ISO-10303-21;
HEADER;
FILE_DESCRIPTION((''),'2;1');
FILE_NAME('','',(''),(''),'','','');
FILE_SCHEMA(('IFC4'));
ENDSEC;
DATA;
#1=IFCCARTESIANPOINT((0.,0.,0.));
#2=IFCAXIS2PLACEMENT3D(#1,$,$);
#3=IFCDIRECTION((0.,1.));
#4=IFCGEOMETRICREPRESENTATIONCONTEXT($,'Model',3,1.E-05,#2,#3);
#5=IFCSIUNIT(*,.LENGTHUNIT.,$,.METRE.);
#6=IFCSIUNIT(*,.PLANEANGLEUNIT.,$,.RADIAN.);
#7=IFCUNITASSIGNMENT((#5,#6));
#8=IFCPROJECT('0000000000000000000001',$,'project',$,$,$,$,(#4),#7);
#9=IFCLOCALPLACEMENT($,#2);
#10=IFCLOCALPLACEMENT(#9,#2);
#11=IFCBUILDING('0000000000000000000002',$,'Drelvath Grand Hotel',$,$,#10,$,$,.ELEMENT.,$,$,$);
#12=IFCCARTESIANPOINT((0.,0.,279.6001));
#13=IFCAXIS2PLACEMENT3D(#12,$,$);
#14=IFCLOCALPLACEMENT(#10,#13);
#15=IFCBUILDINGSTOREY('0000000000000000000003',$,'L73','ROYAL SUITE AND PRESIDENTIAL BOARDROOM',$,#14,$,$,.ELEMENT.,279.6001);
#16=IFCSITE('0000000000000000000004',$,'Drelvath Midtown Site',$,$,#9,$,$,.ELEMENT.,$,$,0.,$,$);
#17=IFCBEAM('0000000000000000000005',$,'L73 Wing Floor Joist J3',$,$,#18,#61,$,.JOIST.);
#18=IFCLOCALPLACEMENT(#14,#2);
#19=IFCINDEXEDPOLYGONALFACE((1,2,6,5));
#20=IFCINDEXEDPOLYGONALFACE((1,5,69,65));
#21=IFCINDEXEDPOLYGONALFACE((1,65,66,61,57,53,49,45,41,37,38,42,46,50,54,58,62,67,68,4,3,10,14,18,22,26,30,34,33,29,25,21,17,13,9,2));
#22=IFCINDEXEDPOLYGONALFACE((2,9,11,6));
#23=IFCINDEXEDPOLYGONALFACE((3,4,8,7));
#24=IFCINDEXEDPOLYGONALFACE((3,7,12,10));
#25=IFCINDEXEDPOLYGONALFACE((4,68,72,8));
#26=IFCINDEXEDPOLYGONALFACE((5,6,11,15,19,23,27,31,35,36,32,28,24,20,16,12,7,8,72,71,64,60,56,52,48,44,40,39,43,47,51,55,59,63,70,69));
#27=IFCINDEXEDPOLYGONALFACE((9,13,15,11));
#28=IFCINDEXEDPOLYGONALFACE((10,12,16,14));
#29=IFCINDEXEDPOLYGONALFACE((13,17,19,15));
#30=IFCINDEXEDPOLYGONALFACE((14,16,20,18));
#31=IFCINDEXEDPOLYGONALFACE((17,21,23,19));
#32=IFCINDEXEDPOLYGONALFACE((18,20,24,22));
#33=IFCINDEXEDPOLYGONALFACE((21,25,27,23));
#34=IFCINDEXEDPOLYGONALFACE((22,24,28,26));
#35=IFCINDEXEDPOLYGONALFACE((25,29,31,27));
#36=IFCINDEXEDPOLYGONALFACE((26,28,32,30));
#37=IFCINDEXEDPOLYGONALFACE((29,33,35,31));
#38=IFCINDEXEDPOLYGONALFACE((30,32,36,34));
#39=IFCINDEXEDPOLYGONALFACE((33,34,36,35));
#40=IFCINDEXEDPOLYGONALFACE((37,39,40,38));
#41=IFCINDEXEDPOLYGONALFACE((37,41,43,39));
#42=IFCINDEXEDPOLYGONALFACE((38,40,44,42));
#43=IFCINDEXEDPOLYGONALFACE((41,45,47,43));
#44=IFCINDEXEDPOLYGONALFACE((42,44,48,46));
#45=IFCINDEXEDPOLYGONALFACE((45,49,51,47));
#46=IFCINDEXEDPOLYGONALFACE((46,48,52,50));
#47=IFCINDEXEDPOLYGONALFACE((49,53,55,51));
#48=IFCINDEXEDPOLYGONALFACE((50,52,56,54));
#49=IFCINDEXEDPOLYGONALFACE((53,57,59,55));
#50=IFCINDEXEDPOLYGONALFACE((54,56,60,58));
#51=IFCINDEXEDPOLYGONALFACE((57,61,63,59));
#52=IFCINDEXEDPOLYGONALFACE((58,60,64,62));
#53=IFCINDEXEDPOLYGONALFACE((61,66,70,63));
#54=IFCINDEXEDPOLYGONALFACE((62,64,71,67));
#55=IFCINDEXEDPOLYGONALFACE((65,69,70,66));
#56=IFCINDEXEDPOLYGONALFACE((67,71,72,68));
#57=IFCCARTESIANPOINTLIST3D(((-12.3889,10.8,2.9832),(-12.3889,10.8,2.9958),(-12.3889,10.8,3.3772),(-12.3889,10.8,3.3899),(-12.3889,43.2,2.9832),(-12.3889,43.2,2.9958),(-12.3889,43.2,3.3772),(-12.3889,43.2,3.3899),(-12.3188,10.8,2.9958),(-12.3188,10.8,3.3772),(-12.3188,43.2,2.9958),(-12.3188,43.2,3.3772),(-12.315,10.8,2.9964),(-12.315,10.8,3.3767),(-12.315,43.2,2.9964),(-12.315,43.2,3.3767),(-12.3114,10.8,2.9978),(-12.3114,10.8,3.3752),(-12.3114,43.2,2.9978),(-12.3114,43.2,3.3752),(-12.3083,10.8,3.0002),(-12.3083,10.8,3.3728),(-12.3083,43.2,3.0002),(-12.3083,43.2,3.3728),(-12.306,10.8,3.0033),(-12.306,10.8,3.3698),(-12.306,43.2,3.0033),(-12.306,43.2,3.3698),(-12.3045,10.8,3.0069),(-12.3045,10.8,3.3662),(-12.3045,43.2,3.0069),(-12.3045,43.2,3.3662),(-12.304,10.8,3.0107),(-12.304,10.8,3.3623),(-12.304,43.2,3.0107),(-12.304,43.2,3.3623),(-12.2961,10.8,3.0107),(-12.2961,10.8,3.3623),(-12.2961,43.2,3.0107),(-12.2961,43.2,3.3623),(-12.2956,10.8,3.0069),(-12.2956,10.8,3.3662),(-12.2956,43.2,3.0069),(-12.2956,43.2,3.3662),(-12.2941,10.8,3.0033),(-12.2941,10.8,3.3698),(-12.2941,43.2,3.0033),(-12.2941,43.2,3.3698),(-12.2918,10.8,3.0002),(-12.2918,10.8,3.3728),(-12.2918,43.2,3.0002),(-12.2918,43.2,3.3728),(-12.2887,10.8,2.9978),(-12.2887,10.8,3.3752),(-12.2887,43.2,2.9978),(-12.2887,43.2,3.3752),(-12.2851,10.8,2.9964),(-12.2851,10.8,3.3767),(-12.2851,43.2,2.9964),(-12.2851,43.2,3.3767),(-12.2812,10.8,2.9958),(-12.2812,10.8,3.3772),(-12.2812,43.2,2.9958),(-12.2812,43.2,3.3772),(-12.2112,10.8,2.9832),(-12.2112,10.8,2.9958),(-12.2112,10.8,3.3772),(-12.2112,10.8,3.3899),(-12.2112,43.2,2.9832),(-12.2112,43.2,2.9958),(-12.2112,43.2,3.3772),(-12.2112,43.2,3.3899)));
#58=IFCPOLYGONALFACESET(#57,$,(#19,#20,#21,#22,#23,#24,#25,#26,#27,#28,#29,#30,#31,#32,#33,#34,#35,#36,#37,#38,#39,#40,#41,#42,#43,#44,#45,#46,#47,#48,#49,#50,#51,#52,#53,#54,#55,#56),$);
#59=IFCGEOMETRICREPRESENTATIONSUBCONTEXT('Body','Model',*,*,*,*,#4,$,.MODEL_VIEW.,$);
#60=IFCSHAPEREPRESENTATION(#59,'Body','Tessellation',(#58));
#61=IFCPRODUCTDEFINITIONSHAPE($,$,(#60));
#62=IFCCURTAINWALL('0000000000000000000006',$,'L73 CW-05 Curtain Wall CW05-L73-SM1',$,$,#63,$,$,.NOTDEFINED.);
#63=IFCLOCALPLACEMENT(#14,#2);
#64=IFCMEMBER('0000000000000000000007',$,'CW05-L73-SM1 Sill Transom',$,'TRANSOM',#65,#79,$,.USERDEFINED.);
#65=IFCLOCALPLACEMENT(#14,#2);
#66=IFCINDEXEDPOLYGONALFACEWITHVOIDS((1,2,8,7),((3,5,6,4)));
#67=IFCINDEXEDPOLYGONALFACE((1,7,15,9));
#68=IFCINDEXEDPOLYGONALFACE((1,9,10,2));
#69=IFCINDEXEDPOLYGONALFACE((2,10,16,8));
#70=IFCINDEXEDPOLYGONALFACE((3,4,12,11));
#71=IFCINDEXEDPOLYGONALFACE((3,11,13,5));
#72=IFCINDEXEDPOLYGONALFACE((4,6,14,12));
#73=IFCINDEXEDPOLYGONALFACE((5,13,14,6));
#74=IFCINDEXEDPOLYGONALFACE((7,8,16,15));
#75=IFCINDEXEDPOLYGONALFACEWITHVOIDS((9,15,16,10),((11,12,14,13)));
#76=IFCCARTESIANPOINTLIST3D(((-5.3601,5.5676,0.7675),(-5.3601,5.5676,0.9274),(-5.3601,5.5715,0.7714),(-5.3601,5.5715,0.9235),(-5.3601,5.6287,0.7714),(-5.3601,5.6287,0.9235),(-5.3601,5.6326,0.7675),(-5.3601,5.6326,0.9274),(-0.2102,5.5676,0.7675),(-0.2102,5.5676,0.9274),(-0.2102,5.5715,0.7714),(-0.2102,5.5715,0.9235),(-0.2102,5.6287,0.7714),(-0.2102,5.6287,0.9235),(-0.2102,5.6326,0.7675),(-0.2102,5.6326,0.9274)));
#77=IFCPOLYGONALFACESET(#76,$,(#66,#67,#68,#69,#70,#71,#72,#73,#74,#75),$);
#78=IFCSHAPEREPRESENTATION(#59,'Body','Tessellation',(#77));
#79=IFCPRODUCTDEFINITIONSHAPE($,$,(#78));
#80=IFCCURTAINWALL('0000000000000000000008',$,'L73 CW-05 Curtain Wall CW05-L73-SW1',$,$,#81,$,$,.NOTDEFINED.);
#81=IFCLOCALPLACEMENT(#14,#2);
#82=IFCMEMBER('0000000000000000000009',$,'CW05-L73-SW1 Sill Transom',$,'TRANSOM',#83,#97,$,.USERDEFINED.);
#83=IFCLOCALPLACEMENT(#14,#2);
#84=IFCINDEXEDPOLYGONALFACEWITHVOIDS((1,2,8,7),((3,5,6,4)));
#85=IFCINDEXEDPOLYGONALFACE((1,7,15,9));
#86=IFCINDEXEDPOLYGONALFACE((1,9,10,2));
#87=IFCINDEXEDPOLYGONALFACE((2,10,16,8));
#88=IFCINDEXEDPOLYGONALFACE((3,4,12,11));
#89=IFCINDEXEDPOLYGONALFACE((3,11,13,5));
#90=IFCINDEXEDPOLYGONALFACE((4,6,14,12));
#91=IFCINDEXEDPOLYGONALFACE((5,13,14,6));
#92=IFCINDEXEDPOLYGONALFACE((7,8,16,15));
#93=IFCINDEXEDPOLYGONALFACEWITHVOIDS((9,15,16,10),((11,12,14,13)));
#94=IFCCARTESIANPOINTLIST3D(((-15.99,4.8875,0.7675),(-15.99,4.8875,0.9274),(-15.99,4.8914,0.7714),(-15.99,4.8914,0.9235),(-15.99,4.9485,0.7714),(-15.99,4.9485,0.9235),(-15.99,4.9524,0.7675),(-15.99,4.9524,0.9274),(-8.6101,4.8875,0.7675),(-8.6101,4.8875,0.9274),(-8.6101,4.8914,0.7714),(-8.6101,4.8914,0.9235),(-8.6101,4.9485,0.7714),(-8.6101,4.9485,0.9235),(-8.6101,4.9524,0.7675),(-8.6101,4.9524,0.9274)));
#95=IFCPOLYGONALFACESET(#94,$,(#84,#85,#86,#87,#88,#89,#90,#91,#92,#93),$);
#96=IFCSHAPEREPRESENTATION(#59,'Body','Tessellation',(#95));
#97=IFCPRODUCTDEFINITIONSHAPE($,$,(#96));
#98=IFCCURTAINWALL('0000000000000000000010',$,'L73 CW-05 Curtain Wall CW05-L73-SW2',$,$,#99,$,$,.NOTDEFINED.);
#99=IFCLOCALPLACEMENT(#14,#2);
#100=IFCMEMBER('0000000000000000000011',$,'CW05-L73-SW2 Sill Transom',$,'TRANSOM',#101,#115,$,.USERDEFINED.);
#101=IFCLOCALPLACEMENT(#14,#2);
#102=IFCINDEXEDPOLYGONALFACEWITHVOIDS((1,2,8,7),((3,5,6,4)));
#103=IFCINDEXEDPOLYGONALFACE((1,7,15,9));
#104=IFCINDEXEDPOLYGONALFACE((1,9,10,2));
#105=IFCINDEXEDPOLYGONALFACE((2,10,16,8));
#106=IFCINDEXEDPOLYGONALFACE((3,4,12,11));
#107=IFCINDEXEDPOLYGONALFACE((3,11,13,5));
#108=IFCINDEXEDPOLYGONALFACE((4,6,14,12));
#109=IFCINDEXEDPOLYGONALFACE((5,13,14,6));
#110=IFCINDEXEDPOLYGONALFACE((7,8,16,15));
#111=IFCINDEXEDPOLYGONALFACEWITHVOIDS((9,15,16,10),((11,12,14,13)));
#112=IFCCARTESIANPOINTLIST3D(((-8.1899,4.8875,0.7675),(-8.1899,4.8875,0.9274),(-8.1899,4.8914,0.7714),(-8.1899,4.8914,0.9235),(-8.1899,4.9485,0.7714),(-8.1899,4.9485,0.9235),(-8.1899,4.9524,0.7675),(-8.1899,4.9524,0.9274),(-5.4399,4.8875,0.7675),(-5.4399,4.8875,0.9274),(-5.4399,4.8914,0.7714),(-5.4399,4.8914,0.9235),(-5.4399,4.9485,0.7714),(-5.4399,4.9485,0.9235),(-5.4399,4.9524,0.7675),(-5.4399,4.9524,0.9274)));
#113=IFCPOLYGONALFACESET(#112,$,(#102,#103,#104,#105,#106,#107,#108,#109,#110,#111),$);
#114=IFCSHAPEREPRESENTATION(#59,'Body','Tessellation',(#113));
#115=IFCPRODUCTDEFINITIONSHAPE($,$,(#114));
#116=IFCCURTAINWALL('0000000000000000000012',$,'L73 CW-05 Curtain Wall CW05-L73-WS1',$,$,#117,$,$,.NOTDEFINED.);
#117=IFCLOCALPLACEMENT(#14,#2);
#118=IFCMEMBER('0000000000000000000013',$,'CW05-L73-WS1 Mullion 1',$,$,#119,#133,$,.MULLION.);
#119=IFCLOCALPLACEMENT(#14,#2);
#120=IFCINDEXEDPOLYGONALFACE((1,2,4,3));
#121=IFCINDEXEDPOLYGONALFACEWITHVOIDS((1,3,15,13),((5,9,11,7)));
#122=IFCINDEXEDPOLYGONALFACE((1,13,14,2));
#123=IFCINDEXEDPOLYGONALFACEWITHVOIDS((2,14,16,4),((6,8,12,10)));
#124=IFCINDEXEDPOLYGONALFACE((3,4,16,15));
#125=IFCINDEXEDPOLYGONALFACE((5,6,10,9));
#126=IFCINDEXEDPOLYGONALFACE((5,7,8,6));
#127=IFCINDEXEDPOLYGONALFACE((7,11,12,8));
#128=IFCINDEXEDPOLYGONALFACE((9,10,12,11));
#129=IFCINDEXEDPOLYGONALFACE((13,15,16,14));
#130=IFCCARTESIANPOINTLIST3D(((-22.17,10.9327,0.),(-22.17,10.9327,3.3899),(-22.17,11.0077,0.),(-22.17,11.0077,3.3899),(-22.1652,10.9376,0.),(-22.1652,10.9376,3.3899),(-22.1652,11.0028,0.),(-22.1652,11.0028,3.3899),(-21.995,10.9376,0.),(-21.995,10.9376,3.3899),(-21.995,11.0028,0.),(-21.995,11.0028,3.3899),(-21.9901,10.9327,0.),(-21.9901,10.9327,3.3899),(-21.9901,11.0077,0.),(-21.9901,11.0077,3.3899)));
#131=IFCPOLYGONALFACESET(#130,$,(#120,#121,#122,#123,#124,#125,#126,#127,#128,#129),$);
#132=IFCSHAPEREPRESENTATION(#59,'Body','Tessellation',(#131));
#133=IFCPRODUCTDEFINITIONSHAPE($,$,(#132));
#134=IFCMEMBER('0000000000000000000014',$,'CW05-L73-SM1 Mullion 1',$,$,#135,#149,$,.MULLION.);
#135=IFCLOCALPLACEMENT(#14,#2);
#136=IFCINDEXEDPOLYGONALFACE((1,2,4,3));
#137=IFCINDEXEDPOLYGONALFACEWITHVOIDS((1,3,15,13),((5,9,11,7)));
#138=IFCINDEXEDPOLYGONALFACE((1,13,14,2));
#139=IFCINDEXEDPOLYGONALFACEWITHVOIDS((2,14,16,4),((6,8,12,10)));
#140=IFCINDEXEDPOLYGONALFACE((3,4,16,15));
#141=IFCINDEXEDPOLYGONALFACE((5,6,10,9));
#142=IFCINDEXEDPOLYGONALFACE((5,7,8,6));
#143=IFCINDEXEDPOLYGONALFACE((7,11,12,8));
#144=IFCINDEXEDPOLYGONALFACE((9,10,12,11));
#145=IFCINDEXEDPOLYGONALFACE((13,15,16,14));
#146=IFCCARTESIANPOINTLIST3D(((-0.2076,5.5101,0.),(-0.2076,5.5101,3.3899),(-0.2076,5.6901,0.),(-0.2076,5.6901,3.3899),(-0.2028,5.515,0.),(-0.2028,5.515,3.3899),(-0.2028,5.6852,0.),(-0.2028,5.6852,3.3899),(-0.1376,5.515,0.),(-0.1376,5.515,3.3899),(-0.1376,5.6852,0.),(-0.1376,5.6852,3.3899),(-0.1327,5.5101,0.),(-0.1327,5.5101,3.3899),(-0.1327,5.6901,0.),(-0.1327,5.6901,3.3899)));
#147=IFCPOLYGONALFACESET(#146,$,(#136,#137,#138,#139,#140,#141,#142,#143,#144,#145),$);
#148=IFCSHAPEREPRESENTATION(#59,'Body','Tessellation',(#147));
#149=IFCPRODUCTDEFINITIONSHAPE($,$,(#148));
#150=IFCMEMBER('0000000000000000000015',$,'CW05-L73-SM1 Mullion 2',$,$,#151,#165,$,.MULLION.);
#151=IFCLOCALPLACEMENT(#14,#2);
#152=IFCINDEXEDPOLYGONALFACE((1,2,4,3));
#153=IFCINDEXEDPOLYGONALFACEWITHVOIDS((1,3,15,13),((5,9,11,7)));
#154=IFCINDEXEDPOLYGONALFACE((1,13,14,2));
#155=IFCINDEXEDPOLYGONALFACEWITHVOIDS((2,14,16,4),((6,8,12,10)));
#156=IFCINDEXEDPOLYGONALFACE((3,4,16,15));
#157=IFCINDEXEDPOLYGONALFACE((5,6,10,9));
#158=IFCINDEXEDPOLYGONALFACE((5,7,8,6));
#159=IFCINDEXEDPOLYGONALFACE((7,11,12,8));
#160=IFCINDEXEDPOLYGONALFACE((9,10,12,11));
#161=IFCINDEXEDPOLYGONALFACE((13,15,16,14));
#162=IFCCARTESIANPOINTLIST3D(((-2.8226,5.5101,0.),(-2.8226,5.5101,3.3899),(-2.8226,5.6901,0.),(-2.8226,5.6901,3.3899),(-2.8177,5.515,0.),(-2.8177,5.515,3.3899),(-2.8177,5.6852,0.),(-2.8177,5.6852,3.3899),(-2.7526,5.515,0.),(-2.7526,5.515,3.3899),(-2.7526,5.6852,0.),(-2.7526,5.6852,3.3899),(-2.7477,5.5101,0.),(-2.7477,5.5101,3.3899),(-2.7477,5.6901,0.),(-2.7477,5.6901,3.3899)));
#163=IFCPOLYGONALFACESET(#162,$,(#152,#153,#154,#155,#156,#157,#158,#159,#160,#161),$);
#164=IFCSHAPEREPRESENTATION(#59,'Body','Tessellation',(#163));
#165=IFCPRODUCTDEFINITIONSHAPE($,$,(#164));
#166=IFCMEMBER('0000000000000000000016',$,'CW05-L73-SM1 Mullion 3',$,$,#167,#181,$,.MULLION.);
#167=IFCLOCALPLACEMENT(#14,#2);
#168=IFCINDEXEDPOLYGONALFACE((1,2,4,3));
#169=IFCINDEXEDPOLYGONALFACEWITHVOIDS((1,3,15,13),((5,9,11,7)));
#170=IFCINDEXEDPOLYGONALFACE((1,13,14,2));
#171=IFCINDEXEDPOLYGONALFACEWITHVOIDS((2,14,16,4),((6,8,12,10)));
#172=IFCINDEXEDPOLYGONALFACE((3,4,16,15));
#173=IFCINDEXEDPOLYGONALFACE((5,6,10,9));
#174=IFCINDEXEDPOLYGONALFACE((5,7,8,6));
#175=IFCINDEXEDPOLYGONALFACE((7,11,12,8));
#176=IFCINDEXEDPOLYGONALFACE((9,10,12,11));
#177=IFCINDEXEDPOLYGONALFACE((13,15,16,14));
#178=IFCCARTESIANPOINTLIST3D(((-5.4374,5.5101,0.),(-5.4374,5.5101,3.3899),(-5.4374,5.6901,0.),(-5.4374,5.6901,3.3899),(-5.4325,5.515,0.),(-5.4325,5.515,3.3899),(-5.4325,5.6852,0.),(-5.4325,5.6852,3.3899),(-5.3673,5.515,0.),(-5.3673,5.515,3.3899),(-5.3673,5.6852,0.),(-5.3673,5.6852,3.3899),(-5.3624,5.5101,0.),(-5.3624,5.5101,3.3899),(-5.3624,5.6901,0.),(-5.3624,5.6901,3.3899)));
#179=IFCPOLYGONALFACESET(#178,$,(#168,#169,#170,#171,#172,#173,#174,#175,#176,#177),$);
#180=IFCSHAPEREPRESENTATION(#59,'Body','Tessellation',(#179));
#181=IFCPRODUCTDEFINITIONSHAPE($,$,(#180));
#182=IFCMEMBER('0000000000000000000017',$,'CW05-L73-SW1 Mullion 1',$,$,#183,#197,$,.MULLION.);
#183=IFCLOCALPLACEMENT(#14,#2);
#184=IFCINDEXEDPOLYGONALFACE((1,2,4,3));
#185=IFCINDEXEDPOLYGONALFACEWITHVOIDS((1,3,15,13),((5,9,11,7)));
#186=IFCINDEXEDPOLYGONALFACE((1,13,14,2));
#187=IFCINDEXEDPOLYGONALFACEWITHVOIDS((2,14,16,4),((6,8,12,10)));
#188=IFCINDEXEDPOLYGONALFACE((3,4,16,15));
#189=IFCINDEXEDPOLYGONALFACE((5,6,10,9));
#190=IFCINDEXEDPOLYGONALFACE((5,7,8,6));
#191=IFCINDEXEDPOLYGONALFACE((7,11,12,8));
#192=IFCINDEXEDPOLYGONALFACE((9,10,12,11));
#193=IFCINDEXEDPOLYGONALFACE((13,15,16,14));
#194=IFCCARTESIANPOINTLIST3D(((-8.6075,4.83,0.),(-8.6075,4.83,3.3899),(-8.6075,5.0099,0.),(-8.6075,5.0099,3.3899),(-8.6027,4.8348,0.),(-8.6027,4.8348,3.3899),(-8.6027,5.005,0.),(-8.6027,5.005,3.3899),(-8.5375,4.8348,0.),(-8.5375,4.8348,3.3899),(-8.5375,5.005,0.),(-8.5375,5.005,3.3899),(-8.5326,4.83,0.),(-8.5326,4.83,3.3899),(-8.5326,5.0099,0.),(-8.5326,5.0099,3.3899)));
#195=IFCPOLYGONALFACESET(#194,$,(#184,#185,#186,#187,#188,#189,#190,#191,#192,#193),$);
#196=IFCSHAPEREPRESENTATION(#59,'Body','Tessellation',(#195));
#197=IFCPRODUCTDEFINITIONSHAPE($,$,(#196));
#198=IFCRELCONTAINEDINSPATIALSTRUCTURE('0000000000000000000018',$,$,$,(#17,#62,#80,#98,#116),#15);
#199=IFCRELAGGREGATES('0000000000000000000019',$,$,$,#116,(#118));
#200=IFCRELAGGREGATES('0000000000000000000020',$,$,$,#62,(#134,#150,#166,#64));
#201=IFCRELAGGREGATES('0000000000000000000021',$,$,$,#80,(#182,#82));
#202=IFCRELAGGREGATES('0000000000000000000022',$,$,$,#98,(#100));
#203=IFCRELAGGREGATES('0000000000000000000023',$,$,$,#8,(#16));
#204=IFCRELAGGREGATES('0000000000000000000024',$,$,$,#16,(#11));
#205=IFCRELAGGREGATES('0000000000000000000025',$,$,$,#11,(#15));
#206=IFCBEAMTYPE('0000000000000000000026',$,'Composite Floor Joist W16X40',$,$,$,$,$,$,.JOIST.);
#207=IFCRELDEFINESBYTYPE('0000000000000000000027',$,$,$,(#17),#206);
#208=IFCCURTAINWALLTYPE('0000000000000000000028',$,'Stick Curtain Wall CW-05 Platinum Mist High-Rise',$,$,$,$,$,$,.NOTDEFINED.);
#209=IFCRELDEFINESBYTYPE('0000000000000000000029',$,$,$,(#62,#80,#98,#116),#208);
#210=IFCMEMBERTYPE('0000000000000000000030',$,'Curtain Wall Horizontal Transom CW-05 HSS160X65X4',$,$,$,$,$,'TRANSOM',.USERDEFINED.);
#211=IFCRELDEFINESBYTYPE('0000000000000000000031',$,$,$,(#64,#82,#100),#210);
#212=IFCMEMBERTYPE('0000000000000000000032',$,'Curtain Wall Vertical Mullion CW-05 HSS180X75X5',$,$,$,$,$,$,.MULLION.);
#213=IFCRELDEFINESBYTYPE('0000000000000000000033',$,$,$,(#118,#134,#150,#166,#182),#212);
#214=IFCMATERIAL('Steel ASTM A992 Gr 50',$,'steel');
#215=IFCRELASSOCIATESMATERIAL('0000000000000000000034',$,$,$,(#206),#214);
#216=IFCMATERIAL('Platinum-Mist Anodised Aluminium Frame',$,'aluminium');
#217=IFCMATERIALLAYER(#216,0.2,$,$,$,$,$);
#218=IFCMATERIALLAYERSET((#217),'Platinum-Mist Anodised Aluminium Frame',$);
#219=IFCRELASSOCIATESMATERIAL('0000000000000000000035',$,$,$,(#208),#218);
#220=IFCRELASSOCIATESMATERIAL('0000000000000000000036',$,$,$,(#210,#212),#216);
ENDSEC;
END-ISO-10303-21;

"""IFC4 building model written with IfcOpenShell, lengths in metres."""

from ifc_helpers import new_model, si_unit, direction, frame, origin, origin_2d, place, context, subcontext, project, spatial, hollow_rectangle, i_section, extrude, material, layer, layer_set, material_profile, profile_set, type_object, element, aggregate, save


model = new_model("IFC4")

# Units and contexts
model_context = context("Model", 3, precision=1e-05, world=origin(), true_north=direction((0.0, 1.0)))
body_context = subcontext(model_context, "Body", "Model", "MODEL_VIEW")
ifc_project = project(units=[si_unit("LENGTHUNIT", "METRE"), si_unit("PLANEANGLEUNIT", "RADIAN")], contexts=[model_context])

# Site, building, storey
site_placement = place(None, origin())
site = spatial("IfcSite", under=ifc_project, at=site_placement, Name="Drelvath Midtown Site", CompositionType="ELEMENT", RefElevation=0.0)
building_placement = place(site_placement, origin())
building = spatial("IfcBuilding", under=site, at=building_placement, Name="Drelvath Grand Hotel", CompositionType="ELEMENT")
storey_placement = place(building_placement, frame((0.0, 0.0, 279.6001)))
storey = spatial("IfcBuildingStorey", under=building, at=storey_placement, Name="L73", Description="ROYAL SUITE AND PRESIDENTIAL BOARDROOM", CompositionType="ELEMENT", Elevation=279.6001)

# Beam
ifc_material_1 = material(Name="Steel ASTM A992 Gr 50", Category="steel")
ifc_material_profile_1 = material_profile(ifc_material_1, i_section(OverallWidth=0.1777, OverallDepth=0.4067, WebThickness=0.0078, FlangeThickness=0.0127, FilletRadius=0.0149, at=origin_2d()), Name="W16X40")
ifc_profile_set_1 = profile_set([ifc_material_profile_1], Name="Steel ASTM A992 Gr 50")
beam_type_1 = type_object("IfcBeamType", Name="Composite Floor Joist W16X40", PredefinedType="JOIST", material=ifc_profile_set_1)
beam_1_placement = place(storey_placement, frame((-12.3, 10.8, 3.1865), z_axis=(0.0, 1.0, 0.0), x_axis=(-1.0, 0.0, 0.0)))
element("IfcBeam", 1, at=beam_1_placement, inside=storey, type_object=beam_type_1, Name="L73 Wing Floor Joist J3", PredefinedType="JOIST", context=body_context, shape_type="SweptSolid", body=[
    extrude(i_section(OverallWidth=0.1777, OverallDepth=0.4067, WebThickness=0.0078, FlangeThickness=0.0127, FilletRadius=0.0149, at=origin_2d()), origin(), (0.0, 0.0, 1.0), 32.3999),
])

# Curtain walls, members
ifc_material_2 = material(Name="Platinum-Mist Anodised Aluminium Frame", Category="aluminium")
ifc_layer_1 = layer(ifc_material_2, 0.2)
ifc_layer_set_1 = layer_set([ifc_layer_1], Name="Platinum-Mist Anodised Aluminium Frame")
curtain_wall_type = type_object("IfcCurtainWallType", Name="Stick Curtain Wall CW-05 Platinum Mist High-Rise", PredefinedType="NOTDEFINED", material=ifc_layer_set_1)
curtain_wall_1_placement = place(storey_placement, origin())
curtain_wall_1 = element("IfcCurtainWall", 2, at=curtain_wall_1_placement, inside=storey, type_object=curtain_wall_type, Name="L73 CW-05 Curtain Wall CW05-L73-SM1", PredefinedType="NOTDEFINED")
ifc_material_profile_2 = material_profile(ifc_material_2, hollow_rectangle(XDim=0.0649, YDim=0.1599, WallThickness=0.0039, at=origin_2d()), Name="HSS160X65X4")
ifc_profile_set_2 = profile_set([ifc_material_profile_2], Name="Platinum-Mist Anodised Aluminium Frame")
member_type_1 = type_object("IfcMemberType", Name="Curtain Wall Horizontal Transom CW-05 HSS160X65X4", ElementType="TRANSOM", PredefinedType="USERDEFINED", material=ifc_profile_set_2)
member_1_placement = place(storey_placement, frame((-0.2102, 5.6001, 0.8474), z_axis=(-1.0, 0.0, 0.0), x_axis=(0.0, -1.0, 0.0)))
member_1 = element("IfcMember", 3, at=member_1_placement, type_object=member_type_1, Name="CW05-L73-SM1 Sill Transom", ObjectType="TRANSOM", PredefinedType="USERDEFINED", context=body_context, shape_type="SweptSolid", body=[
    extrude(hollow_rectangle(XDim=0.0649, YDim=0.1599, WallThickness=0.0039, at=origin_2d()), origin(), (0.0, 0.0, 1.0), 5.1499),
])
curtain_wall_2_placement = place(storey_placement, origin())
curtain_wall_2 = element("IfcCurtainWall", 4, at=curtain_wall_2_placement, inside=storey, type_object=curtain_wall_type, Name="L73 CW-05 Curtain Wall CW05-L73-SW1", PredefinedType="NOTDEFINED")
member_2_placement = place(storey_placement, frame((-8.6101, 4.9199, 0.8474), z_axis=(-1.0, 0.0, 0.0), x_axis=(0.0, -1.0, 0.0)))
member_2 = element("IfcMember", 5, at=member_2_placement, type_object=member_type_1, Name="CW05-L73-SW1 Sill Transom", ObjectType="TRANSOM", PredefinedType="USERDEFINED", context=body_context, shape_type="SweptSolid", body=[
    extrude(hollow_rectangle(XDim=0.0649, YDim=0.1599, WallThickness=0.0039, at=origin_2d()), origin(), (0.0, 0.0, 1.0), 7.3799),
])
curtain_wall_3_placement = place(storey_placement, origin())
curtain_wall_3 = element("IfcCurtainWall", 6, at=curtain_wall_3_placement, inside=storey, type_object=curtain_wall_type, Name="L73 CW-05 Curtain Wall CW05-L73-SW2", PredefinedType="NOTDEFINED")
member_3_placement = place(storey_placement, frame((-5.4399, 4.9199, 0.8474), z_axis=(-1.0, 0.0, 0.0), x_axis=(0.0, -1.0, 0.0)))
member_3 = element("IfcMember", 7, at=member_3_placement, type_object=member_type_1, Name="CW05-L73-SW2 Sill Transom", ObjectType="TRANSOM", PredefinedType="USERDEFINED", context=body_context, shape_type="SweptSolid", body=[
    extrude(hollow_rectangle(XDim=0.0649, YDim=0.1599, WallThickness=0.0039, at=origin_2d()), origin(), (0.0, 0.0, 1.0), 2.75),
])
curtain_wall_4_placement = place(storey_placement, origin())
curtain_wall_4 = element("IfcCurtainWall", 8, at=curtain_wall_4_placement, inside=storey, type_object=curtain_wall_type, Name="L73 CW-05 Curtain Wall CW05-L73-WS1", PredefinedType="NOTDEFINED")
ifc_material_profile_3 = material_profile(ifc_material_2, hollow_rectangle(XDim=0.075, YDim=0.1799, WallThickness=0.0049, at=origin_2d()), Name="HSS180X75X5")
ifc_profile_set_3 = profile_set([ifc_material_profile_3], Name="Platinum-Mist Anodised Aluminium Frame")
member_type_2 = type_object("IfcMemberType", Name="Curtain Wall Vertical Mullion CW-05 HSS180X75X5", PredefinedType="MULLION", material=ifc_profile_set_3)
member_4_placement = place(storey_placement, frame((-22.0801, 10.9702, 0.0), z_axis=(0.0, 0.0, 1.0), x_axis=(0.0, 1.0, 0.0)))
member_4 = element("IfcMember", 9, at=member_4_placement, type_object=member_type_2, Name="CW05-L73-WS1 Mullion 1", PredefinedType="MULLION", context=body_context, shape_type="SweptSolid", body=[
    extrude(hollow_rectangle(XDim=0.075, YDim=0.1799, WallThickness=0.0049, at=origin_2d()), origin(), (0.0, 0.0, 1.0), 3.3899),
])
aggregate(curtain_wall_4, [member_4])

# Members
member_5_placement = place(storey_placement, frame((-0.1702, 5.6001, 0.0), z_axis=(0.0, 0.0, 1.0), x_axis=(1.0, 0.0, 0.0)))
member_5 = element("IfcMember", 10, at=member_5_placement, type_object=member_type_2, Name="CW05-L73-SM1 Mullion 1", PredefinedType="MULLION", context=body_context, shape_type="SweptSolid", body=[
    extrude(hollow_rectangle(XDim=0.075, YDim=0.1799, WallThickness=0.0049, at=origin_2d()), origin(), (0.0, 0.0, 1.0), 3.3899),
])
member_6_placement = place(storey_placement, frame((-2.7852, 5.6001, 0.0), z_axis=(0.0, 0.0, 1.0), x_axis=(1.0, 0.0, 0.0)))
member_6 = element("IfcMember", 11, at=member_6_placement, type_object=member_type_2, Name="CW05-L73-SM1 Mullion 2", PredefinedType="MULLION", context=body_context, shape_type="SweptSolid", body=[
    extrude(hollow_rectangle(XDim=0.075, YDim=0.1799, WallThickness=0.0049, at=origin_2d()), origin(), (0.0, 0.0, 1.0), 3.3899),
])
member_7_placement = place(storey_placement, frame((-5.3999, 5.6001, 0.0), z_axis=(0.0, 0.0, 1.0), x_axis=(1.0, 0.0, 0.0)))
member_7 = element("IfcMember", 12, at=member_7_placement, type_object=member_type_2, Name="CW05-L73-SM1 Mullion 3", PredefinedType="MULLION", context=body_context, shape_type="SweptSolid", body=[
    extrude(hollow_rectangle(XDim=0.075, YDim=0.1799, WallThickness=0.0049, at=origin_2d()), origin(), (0.0, 0.0, 1.0), 3.3899),
])
member_8_placement = place(storey_placement, frame((-8.5701, 4.9199, 0.0), z_axis=(0.0, 0.0, 1.0), x_axis=(1.0, 0.0, 0.0)))
member_8 = element("IfcMember", 13, at=member_8_placement, type_object=member_type_2, Name="CW05-L73-SW1 Mullion 1", PredefinedType="MULLION", context=body_context, shape_type="SweptSolid", body=[
    extrude(hollow_rectangle(XDim=0.075, YDim=0.1799, WallThickness=0.0049, at=origin_2d()), origin(), (0.0, 0.0, 1.0), 3.3899),
])

aggregate(curtain_wall_1, [member_5, member_6, member_7, member_1])
aggregate(curtain_wall_2, [member_8, member_2])
aggregate(curtain_wall_3, [member_3])

save(model, "model.ifc")
